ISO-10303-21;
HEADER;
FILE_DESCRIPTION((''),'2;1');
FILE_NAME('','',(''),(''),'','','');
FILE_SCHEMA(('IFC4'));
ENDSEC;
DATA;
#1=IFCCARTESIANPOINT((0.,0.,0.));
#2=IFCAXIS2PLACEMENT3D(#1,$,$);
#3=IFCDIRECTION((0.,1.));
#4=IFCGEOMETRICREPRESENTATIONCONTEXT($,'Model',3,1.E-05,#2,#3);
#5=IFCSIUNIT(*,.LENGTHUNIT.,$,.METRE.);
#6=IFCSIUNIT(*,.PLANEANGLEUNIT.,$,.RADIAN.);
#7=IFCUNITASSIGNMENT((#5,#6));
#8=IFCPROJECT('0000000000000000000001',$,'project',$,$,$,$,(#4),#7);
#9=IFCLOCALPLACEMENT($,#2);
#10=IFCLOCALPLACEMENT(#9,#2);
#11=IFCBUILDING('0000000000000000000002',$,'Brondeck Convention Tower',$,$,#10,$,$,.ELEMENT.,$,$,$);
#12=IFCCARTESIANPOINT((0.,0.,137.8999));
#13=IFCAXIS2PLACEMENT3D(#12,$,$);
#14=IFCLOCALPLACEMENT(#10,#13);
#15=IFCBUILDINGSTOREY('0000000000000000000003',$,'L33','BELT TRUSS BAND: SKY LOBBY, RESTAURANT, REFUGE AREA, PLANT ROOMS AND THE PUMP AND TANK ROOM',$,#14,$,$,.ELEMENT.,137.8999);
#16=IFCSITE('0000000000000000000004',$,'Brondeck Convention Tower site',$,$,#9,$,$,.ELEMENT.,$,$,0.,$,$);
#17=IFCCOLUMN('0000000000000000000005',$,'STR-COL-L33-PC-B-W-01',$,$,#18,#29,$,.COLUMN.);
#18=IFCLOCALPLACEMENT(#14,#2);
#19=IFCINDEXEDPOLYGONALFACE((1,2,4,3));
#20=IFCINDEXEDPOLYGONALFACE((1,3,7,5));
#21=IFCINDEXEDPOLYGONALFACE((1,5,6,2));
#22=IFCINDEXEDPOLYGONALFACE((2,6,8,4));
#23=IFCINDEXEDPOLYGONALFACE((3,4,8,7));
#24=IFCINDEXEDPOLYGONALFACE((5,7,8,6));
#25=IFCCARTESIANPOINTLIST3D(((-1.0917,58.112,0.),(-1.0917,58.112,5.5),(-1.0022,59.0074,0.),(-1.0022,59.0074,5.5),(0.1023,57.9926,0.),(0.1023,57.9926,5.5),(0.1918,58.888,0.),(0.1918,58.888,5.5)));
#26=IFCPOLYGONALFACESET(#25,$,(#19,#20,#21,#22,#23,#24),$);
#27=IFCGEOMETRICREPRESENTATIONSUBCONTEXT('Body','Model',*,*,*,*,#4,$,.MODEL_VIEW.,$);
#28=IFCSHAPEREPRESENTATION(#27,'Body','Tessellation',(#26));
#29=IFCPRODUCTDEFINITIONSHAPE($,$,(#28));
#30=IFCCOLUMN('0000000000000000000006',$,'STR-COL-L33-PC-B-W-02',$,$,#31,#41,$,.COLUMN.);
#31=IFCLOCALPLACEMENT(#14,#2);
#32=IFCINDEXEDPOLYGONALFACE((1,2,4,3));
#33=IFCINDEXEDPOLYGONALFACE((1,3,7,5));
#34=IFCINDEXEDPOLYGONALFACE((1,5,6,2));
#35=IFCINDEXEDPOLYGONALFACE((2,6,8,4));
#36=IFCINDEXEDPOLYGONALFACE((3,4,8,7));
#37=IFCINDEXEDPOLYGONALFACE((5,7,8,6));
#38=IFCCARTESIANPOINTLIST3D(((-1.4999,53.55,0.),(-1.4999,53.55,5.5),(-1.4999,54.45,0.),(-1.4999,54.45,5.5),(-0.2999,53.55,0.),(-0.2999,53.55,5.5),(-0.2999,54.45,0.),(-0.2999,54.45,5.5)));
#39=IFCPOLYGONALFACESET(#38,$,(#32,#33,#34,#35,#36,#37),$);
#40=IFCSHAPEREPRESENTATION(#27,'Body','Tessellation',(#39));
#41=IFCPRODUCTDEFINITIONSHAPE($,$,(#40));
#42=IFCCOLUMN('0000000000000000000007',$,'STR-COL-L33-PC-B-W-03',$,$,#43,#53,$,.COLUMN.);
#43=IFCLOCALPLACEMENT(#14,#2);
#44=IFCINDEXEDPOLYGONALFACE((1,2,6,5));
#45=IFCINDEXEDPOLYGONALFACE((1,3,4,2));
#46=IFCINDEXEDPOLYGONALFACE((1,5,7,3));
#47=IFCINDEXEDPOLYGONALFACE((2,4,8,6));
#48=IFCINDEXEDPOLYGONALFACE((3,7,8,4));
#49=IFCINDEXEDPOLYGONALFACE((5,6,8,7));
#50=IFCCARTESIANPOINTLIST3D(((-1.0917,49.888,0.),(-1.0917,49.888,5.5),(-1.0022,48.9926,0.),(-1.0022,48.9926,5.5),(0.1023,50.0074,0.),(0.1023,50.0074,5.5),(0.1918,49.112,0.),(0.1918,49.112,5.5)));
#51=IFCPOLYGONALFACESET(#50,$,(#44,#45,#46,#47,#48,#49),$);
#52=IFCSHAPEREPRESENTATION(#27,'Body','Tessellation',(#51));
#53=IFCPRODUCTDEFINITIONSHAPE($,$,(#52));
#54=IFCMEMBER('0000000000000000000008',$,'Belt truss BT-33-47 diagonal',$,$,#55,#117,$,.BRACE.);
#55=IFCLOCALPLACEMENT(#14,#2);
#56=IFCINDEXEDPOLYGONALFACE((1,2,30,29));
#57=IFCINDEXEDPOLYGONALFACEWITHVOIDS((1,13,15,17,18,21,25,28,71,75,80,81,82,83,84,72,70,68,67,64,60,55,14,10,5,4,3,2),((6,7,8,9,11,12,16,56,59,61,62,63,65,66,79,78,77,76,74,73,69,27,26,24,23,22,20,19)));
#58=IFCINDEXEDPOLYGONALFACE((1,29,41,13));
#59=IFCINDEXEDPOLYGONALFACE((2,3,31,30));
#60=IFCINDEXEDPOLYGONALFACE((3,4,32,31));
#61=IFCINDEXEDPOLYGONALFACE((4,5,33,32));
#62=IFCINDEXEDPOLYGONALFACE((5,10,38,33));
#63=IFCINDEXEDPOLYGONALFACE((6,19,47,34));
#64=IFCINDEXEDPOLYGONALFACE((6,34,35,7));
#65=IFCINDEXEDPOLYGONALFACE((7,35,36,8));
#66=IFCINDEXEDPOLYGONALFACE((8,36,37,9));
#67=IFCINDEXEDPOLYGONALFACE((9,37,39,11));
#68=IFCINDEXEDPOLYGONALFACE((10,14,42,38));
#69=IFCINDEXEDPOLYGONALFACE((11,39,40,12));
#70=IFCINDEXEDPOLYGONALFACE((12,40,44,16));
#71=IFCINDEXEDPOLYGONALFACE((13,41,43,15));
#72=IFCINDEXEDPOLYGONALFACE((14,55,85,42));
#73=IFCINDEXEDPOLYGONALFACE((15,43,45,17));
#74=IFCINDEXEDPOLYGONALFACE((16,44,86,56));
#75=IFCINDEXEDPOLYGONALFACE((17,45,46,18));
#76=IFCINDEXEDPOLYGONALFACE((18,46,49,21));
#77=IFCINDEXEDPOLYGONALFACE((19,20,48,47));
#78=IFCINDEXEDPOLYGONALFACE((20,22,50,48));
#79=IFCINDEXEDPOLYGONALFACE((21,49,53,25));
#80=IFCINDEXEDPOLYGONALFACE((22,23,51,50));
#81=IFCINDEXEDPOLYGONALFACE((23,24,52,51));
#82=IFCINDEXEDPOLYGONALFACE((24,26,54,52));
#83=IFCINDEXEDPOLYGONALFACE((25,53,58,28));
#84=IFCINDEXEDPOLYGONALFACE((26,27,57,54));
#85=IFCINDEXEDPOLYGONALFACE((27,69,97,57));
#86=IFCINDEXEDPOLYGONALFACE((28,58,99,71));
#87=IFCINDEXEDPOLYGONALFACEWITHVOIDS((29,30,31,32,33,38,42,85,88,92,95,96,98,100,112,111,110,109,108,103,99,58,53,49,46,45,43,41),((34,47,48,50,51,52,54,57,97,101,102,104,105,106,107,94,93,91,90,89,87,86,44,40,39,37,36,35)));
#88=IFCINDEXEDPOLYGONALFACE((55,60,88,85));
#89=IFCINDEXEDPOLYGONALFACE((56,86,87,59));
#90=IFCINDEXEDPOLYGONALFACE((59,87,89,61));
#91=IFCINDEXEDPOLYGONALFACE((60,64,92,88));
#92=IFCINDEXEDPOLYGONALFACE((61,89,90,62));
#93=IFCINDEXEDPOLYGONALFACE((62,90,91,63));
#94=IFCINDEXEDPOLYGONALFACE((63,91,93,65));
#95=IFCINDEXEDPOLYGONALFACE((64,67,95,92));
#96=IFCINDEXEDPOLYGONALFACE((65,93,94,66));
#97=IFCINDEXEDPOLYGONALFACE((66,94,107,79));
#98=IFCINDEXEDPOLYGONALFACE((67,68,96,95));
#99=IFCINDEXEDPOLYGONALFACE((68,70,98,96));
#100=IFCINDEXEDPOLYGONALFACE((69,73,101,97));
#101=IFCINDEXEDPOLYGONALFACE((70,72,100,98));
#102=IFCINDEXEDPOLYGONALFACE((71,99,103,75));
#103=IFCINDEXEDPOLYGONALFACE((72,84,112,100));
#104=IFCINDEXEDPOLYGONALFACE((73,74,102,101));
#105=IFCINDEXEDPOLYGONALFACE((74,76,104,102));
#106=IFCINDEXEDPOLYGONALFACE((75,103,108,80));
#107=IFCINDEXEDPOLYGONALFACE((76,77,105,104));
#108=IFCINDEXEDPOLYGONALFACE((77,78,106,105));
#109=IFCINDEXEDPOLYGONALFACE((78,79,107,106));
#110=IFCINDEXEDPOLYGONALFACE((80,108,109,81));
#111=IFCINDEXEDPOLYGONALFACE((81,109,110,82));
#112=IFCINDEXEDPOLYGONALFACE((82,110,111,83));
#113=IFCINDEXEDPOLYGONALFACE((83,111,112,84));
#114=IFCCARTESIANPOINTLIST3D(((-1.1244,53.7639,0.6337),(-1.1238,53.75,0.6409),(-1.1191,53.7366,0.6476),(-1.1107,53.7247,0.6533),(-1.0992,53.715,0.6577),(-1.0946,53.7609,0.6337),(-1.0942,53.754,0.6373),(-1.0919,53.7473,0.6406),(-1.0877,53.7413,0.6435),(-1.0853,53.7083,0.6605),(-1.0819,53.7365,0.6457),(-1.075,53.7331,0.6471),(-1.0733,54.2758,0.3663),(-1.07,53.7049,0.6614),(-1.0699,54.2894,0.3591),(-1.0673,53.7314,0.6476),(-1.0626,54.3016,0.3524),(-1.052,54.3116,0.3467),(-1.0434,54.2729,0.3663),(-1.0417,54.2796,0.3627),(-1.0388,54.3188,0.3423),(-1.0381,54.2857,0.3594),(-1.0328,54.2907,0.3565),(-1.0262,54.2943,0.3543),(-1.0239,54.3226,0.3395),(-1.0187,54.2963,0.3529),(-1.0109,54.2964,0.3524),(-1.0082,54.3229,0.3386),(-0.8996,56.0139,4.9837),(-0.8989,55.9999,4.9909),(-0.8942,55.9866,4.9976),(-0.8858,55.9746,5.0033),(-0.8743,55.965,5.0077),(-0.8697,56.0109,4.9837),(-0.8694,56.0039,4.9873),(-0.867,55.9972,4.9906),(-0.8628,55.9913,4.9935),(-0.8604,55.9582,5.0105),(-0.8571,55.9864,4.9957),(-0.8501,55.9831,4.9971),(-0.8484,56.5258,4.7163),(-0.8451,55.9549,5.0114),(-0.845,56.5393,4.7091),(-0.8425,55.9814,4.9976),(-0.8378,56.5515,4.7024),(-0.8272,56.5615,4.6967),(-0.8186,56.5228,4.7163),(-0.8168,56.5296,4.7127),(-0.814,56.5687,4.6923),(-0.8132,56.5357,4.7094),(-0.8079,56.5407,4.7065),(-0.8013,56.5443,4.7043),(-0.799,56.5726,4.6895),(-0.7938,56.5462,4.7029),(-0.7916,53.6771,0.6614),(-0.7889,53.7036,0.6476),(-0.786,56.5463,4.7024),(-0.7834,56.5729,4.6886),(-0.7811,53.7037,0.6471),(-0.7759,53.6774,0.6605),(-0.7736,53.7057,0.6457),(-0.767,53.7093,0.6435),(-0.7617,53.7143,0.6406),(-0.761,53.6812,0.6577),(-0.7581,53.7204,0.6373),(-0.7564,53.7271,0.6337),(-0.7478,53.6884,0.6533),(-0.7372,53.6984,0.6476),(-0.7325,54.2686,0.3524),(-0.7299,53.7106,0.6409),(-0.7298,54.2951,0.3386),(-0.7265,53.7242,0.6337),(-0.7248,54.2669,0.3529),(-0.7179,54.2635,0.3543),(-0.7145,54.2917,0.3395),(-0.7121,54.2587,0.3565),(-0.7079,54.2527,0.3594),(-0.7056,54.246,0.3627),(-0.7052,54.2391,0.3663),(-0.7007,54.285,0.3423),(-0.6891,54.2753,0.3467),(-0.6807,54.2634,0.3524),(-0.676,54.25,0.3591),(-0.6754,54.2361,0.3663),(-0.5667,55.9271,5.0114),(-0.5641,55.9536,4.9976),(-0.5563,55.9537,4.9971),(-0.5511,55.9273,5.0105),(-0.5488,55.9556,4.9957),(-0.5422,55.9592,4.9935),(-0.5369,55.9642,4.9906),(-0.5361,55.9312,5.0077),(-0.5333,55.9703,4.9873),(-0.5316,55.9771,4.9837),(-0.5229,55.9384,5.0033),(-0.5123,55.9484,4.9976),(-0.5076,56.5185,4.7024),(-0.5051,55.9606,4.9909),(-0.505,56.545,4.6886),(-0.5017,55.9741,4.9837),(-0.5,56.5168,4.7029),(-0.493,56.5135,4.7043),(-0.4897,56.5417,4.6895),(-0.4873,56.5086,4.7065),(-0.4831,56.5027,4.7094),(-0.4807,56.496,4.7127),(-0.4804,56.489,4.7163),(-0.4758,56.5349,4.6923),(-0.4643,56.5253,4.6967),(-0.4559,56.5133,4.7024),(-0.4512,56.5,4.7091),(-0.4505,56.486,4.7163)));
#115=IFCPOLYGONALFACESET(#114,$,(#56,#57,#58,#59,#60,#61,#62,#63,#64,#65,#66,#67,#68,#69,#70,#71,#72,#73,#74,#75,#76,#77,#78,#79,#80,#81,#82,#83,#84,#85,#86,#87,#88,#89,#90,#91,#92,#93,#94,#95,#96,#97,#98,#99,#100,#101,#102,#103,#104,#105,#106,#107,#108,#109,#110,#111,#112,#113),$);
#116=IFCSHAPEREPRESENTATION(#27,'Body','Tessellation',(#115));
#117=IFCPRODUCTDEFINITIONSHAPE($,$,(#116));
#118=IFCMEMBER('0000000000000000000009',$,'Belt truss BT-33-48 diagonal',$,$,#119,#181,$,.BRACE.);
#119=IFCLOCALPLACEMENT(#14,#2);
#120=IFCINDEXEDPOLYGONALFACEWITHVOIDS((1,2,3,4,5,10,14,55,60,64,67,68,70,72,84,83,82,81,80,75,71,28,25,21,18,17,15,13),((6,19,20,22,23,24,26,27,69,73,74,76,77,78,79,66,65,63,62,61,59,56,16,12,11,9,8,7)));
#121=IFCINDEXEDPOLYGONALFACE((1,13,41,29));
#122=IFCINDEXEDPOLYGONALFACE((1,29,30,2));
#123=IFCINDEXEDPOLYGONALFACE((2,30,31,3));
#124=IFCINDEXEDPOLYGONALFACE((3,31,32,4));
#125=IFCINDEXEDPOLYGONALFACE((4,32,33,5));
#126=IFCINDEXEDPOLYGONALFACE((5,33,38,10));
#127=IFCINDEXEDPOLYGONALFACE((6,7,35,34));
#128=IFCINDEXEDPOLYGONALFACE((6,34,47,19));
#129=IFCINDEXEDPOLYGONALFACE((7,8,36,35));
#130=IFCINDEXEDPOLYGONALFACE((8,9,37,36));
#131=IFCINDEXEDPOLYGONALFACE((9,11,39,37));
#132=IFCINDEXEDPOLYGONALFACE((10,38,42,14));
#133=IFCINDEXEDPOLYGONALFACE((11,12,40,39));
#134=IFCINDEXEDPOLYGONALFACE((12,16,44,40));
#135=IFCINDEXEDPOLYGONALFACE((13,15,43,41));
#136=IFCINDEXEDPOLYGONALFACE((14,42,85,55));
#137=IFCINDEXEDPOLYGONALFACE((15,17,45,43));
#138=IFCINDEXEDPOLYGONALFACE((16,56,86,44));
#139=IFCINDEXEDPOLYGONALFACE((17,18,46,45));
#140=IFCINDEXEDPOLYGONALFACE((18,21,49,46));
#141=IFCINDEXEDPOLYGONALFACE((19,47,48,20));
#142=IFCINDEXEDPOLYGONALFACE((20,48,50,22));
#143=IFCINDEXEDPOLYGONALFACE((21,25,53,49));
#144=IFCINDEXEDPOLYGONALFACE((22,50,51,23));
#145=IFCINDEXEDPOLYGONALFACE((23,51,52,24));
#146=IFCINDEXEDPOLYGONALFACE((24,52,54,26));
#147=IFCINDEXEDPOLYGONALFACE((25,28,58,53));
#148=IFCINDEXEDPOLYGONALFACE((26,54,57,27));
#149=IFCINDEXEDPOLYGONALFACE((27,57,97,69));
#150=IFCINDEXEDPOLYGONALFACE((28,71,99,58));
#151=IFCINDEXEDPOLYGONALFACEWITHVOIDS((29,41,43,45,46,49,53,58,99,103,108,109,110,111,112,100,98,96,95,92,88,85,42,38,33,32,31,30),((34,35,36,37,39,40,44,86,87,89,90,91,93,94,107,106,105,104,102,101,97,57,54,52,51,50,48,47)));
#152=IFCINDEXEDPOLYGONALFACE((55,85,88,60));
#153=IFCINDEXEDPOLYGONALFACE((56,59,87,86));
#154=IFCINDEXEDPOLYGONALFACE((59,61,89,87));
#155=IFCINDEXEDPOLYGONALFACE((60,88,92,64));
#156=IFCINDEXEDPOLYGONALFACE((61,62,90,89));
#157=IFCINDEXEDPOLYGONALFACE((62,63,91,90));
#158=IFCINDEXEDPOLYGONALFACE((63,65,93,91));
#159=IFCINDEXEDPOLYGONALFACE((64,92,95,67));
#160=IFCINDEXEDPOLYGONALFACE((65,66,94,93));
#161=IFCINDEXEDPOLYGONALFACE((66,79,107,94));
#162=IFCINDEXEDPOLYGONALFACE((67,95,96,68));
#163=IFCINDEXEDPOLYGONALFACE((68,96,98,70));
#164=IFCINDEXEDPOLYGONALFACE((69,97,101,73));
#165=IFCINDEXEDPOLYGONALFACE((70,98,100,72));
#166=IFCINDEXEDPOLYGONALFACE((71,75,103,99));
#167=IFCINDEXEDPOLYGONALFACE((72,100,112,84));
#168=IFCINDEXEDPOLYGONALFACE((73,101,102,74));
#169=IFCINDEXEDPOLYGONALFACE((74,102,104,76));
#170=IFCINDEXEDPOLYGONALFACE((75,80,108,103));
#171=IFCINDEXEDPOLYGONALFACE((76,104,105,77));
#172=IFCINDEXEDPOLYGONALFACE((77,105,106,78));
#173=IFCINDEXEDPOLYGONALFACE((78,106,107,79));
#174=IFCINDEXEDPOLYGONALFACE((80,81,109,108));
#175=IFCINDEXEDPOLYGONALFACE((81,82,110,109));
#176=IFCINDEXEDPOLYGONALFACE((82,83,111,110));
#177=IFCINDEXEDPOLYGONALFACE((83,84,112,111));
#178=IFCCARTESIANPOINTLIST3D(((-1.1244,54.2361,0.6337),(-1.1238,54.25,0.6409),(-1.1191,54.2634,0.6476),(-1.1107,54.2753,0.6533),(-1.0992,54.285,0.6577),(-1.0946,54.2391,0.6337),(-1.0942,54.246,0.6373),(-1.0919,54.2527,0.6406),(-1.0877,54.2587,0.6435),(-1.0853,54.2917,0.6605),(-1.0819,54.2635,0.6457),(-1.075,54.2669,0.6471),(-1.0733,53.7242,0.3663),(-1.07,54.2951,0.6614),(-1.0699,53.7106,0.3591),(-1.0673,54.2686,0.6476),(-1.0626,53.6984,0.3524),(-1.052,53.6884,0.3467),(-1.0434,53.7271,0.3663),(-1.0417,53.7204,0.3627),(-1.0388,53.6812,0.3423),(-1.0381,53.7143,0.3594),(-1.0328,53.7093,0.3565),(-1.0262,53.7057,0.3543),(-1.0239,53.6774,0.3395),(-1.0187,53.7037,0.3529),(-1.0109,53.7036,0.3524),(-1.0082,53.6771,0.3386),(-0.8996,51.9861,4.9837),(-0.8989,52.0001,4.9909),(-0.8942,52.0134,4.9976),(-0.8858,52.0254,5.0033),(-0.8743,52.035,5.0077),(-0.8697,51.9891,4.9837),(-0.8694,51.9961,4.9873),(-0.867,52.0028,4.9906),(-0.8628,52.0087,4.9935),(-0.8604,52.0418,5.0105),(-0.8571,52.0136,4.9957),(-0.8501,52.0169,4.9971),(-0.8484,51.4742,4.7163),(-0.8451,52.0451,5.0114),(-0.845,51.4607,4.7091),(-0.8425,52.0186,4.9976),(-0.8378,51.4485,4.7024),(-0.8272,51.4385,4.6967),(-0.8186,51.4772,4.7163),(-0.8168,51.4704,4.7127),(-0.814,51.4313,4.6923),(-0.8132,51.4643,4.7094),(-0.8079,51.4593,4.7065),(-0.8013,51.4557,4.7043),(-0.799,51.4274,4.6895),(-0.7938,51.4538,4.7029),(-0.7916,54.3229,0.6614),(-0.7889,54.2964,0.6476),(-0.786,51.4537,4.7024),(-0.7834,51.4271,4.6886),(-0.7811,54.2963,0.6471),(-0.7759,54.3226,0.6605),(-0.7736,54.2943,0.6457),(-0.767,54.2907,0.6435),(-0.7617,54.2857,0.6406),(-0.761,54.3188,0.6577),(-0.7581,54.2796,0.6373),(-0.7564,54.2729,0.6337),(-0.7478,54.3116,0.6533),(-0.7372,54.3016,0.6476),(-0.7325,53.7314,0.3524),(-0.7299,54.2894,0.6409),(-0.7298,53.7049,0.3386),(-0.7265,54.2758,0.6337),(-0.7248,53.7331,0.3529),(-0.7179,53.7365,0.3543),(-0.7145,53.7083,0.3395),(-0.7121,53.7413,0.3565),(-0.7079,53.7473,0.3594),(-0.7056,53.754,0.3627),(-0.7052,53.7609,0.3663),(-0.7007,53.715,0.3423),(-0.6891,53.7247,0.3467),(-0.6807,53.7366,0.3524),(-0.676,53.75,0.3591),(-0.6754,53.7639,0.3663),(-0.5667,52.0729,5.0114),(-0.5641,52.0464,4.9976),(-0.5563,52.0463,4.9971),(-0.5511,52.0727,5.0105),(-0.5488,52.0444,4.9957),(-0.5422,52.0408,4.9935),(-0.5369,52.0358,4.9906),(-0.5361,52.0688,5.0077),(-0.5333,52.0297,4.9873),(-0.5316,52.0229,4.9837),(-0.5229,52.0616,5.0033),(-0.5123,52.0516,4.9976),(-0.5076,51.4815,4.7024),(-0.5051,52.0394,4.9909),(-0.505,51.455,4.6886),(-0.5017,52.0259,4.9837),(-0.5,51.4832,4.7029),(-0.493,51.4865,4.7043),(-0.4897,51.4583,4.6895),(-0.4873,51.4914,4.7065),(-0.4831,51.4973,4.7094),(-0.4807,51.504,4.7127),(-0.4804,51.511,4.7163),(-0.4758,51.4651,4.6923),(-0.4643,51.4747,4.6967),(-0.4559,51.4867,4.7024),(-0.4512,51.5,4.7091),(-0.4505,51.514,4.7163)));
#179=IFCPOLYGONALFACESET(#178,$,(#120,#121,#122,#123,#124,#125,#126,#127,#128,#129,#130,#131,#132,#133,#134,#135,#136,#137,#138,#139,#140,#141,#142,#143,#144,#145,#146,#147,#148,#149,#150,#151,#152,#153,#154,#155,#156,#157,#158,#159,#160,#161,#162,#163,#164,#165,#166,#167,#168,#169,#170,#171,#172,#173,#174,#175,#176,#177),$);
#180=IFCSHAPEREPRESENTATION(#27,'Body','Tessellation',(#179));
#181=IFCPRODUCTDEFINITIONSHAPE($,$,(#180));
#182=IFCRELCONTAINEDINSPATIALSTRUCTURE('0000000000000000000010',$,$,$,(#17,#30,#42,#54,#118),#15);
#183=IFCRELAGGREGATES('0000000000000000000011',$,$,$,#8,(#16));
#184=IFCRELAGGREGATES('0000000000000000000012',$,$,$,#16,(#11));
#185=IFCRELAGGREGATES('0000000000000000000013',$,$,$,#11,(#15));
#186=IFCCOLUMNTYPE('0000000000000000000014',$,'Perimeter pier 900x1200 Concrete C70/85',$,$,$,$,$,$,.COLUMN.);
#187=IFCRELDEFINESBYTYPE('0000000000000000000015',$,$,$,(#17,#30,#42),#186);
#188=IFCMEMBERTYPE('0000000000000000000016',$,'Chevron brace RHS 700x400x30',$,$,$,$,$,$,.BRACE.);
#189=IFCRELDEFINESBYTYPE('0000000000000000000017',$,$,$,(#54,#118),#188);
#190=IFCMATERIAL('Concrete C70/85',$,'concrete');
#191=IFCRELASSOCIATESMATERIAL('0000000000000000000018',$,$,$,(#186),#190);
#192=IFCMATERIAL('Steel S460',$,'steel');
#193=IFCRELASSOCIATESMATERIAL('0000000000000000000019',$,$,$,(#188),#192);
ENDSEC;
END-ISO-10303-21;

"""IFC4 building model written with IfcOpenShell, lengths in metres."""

from ifc_helpers import new_model, si_unit, direction, frame, origin, origin_2d, place, context, subcontext, project, spatial, rectangle, hollow_rectangle, extrude, material, material_profile, profile_set, type_object, element, save


model = new_model("IFC4")

# Units and contexts
model_context = context("Model", 3, precision=1e-05, world=origin(), true_north=direction((0.0, 1.0)))
body_context = subcontext(model_context, "Body", "Model", "MODEL_VIEW")
ifc_project = project(units=[si_unit("LENGTHUNIT", "METRE"), si_unit("PLANEANGLEUNIT", "RADIAN")], contexts=[model_context])

# Site, building, storey
site_placement = place(None, origin())
site = spatial("IfcSite", under=ifc_project, at=site_placement, Name="Brondeck Convention Tower site", CompositionType="ELEMENT", RefElevation=0.0)
building_placement = place(site_placement, origin())
building = spatial("IfcBuilding", under=site, at=building_placement, Name="Brondeck Convention Tower", CompositionType="ELEMENT")
storey_placement = place(building_placement, frame((0.0, 0.0, 137.8999)))
storey = spatial("IfcBuildingStorey", under=building, at=storey_placement, Name="L33", Description="BELT TRUSS BAND: SKY LOBBY, RESTAURANT, REFUGE AREA, PLANT ROOMS AND THE PUMP AND TANK ROOM", CompositionType="ELEMENT", Elevation=137.8999)

# Columns
ifc_material_1 = material(Name="Concrete C70/85", Category="concrete")
ifc_material_profile_1 = material_profile(ifc_material_1, rectangle(XDim=0.8999, YDim=1.2, at=origin_2d()), Name="Perimeter pier 900x1200 Concrete C70/85")
ifc_profile_set_1 = profile_set([ifc_material_profile_1], Name="Concrete C70/85")
column_type = type_object("IfcColumnType", Name="Perimeter pier 900x1200 Concrete C70/85", PredefinedType="COLUMN", material=ifc_profile_set_1)
for number, where, z_axis, x_axis, name in (
    (1, (-0.45, 58.5, 0.0), (0.0, 0.0, 1.0), (-0.099504, -0.995037, 0.0), "STR-COL-L33-PC-B-W-01"),
    (2, (-0.8999, 54.0, 0.0), (0.0, 0.0, 1.0), (0.0, -1.0, 0.0), "STR-COL-L33-PC-B-W-02"),
    (3, (-0.45, 49.5, 0.0), (0.0, 0.0, 1.0), (0.099504, -0.995037, 0.0), "STR-COL-L33-PC-B-W-03"),
):
    element("IfcColumn", number, at=place(storey_placement, frame(where, z_axis=z_axis, x_axis=x_axis)), inside=storey, type_object=column_type, Name=name, PredefinedType="COLUMN", context=body_context, shape_type="SweptSolid", body=[
        extrude(rectangle(XDim=0.8999, YDim=1.2, at=origin_2d()), origin(), (0.0, 0.0, 1.0), 5.5),
    ])

# Members
ifc_material_2 = material(Name="Steel S460", Category="steel")
ifc_material_profile_2 = material_profile(ifc_material_2, hollow_rectangle(XDim=0.3999, YDim=0.7, WallThickness=0.03, InnerFilletRadius=0.03, OuterFilletRadius=0.0601, at=origin_2d()), Name="RHS 700x400x30")
ifc_profile_set_2 = profile_set([ifc_material_profile_2], Name="Steel S460")
member_type_1 = type_object("IfcMemberType", Name="Chevron brace RHS 700x400x30", PredefinedType="BRACE", material=ifc_profile_set_2)
for number, where, z_axis, x_axis, name in (
    (4, (-0.8999, 54.0, 0.5), (0.045863, 0.458931, 0.887287), (-0.995044, 0.09944, 0.0), "Belt truss BT-33-47 diagonal"),
    (5, (-0.8999, 54.0, 0.5), (0.045863, -0.458931, 0.887287), (0.995044, 0.09944, 0.0), "Belt truss BT-33-48 diagonal"),
):
    element("IfcMember", number, at=place(storey_placement, frame(where, z_axis=z_axis, x_axis=x_axis)), inside=storey, type_object=member_type_1, Name=name, PredefinedType="BRACE", context=body_context, shape_type="SweptSolid", body=[
        extrude(hollow_rectangle(XDim=0.3999, YDim=0.7, WallThickness=0.03, InnerFilletRadius=0.03, OuterFilletRadius=0.0601, at=origin_2d()), origin(), (0.0, 0.0, 1.0), 4.9026),
    ])

save(model, "model.ifc")
